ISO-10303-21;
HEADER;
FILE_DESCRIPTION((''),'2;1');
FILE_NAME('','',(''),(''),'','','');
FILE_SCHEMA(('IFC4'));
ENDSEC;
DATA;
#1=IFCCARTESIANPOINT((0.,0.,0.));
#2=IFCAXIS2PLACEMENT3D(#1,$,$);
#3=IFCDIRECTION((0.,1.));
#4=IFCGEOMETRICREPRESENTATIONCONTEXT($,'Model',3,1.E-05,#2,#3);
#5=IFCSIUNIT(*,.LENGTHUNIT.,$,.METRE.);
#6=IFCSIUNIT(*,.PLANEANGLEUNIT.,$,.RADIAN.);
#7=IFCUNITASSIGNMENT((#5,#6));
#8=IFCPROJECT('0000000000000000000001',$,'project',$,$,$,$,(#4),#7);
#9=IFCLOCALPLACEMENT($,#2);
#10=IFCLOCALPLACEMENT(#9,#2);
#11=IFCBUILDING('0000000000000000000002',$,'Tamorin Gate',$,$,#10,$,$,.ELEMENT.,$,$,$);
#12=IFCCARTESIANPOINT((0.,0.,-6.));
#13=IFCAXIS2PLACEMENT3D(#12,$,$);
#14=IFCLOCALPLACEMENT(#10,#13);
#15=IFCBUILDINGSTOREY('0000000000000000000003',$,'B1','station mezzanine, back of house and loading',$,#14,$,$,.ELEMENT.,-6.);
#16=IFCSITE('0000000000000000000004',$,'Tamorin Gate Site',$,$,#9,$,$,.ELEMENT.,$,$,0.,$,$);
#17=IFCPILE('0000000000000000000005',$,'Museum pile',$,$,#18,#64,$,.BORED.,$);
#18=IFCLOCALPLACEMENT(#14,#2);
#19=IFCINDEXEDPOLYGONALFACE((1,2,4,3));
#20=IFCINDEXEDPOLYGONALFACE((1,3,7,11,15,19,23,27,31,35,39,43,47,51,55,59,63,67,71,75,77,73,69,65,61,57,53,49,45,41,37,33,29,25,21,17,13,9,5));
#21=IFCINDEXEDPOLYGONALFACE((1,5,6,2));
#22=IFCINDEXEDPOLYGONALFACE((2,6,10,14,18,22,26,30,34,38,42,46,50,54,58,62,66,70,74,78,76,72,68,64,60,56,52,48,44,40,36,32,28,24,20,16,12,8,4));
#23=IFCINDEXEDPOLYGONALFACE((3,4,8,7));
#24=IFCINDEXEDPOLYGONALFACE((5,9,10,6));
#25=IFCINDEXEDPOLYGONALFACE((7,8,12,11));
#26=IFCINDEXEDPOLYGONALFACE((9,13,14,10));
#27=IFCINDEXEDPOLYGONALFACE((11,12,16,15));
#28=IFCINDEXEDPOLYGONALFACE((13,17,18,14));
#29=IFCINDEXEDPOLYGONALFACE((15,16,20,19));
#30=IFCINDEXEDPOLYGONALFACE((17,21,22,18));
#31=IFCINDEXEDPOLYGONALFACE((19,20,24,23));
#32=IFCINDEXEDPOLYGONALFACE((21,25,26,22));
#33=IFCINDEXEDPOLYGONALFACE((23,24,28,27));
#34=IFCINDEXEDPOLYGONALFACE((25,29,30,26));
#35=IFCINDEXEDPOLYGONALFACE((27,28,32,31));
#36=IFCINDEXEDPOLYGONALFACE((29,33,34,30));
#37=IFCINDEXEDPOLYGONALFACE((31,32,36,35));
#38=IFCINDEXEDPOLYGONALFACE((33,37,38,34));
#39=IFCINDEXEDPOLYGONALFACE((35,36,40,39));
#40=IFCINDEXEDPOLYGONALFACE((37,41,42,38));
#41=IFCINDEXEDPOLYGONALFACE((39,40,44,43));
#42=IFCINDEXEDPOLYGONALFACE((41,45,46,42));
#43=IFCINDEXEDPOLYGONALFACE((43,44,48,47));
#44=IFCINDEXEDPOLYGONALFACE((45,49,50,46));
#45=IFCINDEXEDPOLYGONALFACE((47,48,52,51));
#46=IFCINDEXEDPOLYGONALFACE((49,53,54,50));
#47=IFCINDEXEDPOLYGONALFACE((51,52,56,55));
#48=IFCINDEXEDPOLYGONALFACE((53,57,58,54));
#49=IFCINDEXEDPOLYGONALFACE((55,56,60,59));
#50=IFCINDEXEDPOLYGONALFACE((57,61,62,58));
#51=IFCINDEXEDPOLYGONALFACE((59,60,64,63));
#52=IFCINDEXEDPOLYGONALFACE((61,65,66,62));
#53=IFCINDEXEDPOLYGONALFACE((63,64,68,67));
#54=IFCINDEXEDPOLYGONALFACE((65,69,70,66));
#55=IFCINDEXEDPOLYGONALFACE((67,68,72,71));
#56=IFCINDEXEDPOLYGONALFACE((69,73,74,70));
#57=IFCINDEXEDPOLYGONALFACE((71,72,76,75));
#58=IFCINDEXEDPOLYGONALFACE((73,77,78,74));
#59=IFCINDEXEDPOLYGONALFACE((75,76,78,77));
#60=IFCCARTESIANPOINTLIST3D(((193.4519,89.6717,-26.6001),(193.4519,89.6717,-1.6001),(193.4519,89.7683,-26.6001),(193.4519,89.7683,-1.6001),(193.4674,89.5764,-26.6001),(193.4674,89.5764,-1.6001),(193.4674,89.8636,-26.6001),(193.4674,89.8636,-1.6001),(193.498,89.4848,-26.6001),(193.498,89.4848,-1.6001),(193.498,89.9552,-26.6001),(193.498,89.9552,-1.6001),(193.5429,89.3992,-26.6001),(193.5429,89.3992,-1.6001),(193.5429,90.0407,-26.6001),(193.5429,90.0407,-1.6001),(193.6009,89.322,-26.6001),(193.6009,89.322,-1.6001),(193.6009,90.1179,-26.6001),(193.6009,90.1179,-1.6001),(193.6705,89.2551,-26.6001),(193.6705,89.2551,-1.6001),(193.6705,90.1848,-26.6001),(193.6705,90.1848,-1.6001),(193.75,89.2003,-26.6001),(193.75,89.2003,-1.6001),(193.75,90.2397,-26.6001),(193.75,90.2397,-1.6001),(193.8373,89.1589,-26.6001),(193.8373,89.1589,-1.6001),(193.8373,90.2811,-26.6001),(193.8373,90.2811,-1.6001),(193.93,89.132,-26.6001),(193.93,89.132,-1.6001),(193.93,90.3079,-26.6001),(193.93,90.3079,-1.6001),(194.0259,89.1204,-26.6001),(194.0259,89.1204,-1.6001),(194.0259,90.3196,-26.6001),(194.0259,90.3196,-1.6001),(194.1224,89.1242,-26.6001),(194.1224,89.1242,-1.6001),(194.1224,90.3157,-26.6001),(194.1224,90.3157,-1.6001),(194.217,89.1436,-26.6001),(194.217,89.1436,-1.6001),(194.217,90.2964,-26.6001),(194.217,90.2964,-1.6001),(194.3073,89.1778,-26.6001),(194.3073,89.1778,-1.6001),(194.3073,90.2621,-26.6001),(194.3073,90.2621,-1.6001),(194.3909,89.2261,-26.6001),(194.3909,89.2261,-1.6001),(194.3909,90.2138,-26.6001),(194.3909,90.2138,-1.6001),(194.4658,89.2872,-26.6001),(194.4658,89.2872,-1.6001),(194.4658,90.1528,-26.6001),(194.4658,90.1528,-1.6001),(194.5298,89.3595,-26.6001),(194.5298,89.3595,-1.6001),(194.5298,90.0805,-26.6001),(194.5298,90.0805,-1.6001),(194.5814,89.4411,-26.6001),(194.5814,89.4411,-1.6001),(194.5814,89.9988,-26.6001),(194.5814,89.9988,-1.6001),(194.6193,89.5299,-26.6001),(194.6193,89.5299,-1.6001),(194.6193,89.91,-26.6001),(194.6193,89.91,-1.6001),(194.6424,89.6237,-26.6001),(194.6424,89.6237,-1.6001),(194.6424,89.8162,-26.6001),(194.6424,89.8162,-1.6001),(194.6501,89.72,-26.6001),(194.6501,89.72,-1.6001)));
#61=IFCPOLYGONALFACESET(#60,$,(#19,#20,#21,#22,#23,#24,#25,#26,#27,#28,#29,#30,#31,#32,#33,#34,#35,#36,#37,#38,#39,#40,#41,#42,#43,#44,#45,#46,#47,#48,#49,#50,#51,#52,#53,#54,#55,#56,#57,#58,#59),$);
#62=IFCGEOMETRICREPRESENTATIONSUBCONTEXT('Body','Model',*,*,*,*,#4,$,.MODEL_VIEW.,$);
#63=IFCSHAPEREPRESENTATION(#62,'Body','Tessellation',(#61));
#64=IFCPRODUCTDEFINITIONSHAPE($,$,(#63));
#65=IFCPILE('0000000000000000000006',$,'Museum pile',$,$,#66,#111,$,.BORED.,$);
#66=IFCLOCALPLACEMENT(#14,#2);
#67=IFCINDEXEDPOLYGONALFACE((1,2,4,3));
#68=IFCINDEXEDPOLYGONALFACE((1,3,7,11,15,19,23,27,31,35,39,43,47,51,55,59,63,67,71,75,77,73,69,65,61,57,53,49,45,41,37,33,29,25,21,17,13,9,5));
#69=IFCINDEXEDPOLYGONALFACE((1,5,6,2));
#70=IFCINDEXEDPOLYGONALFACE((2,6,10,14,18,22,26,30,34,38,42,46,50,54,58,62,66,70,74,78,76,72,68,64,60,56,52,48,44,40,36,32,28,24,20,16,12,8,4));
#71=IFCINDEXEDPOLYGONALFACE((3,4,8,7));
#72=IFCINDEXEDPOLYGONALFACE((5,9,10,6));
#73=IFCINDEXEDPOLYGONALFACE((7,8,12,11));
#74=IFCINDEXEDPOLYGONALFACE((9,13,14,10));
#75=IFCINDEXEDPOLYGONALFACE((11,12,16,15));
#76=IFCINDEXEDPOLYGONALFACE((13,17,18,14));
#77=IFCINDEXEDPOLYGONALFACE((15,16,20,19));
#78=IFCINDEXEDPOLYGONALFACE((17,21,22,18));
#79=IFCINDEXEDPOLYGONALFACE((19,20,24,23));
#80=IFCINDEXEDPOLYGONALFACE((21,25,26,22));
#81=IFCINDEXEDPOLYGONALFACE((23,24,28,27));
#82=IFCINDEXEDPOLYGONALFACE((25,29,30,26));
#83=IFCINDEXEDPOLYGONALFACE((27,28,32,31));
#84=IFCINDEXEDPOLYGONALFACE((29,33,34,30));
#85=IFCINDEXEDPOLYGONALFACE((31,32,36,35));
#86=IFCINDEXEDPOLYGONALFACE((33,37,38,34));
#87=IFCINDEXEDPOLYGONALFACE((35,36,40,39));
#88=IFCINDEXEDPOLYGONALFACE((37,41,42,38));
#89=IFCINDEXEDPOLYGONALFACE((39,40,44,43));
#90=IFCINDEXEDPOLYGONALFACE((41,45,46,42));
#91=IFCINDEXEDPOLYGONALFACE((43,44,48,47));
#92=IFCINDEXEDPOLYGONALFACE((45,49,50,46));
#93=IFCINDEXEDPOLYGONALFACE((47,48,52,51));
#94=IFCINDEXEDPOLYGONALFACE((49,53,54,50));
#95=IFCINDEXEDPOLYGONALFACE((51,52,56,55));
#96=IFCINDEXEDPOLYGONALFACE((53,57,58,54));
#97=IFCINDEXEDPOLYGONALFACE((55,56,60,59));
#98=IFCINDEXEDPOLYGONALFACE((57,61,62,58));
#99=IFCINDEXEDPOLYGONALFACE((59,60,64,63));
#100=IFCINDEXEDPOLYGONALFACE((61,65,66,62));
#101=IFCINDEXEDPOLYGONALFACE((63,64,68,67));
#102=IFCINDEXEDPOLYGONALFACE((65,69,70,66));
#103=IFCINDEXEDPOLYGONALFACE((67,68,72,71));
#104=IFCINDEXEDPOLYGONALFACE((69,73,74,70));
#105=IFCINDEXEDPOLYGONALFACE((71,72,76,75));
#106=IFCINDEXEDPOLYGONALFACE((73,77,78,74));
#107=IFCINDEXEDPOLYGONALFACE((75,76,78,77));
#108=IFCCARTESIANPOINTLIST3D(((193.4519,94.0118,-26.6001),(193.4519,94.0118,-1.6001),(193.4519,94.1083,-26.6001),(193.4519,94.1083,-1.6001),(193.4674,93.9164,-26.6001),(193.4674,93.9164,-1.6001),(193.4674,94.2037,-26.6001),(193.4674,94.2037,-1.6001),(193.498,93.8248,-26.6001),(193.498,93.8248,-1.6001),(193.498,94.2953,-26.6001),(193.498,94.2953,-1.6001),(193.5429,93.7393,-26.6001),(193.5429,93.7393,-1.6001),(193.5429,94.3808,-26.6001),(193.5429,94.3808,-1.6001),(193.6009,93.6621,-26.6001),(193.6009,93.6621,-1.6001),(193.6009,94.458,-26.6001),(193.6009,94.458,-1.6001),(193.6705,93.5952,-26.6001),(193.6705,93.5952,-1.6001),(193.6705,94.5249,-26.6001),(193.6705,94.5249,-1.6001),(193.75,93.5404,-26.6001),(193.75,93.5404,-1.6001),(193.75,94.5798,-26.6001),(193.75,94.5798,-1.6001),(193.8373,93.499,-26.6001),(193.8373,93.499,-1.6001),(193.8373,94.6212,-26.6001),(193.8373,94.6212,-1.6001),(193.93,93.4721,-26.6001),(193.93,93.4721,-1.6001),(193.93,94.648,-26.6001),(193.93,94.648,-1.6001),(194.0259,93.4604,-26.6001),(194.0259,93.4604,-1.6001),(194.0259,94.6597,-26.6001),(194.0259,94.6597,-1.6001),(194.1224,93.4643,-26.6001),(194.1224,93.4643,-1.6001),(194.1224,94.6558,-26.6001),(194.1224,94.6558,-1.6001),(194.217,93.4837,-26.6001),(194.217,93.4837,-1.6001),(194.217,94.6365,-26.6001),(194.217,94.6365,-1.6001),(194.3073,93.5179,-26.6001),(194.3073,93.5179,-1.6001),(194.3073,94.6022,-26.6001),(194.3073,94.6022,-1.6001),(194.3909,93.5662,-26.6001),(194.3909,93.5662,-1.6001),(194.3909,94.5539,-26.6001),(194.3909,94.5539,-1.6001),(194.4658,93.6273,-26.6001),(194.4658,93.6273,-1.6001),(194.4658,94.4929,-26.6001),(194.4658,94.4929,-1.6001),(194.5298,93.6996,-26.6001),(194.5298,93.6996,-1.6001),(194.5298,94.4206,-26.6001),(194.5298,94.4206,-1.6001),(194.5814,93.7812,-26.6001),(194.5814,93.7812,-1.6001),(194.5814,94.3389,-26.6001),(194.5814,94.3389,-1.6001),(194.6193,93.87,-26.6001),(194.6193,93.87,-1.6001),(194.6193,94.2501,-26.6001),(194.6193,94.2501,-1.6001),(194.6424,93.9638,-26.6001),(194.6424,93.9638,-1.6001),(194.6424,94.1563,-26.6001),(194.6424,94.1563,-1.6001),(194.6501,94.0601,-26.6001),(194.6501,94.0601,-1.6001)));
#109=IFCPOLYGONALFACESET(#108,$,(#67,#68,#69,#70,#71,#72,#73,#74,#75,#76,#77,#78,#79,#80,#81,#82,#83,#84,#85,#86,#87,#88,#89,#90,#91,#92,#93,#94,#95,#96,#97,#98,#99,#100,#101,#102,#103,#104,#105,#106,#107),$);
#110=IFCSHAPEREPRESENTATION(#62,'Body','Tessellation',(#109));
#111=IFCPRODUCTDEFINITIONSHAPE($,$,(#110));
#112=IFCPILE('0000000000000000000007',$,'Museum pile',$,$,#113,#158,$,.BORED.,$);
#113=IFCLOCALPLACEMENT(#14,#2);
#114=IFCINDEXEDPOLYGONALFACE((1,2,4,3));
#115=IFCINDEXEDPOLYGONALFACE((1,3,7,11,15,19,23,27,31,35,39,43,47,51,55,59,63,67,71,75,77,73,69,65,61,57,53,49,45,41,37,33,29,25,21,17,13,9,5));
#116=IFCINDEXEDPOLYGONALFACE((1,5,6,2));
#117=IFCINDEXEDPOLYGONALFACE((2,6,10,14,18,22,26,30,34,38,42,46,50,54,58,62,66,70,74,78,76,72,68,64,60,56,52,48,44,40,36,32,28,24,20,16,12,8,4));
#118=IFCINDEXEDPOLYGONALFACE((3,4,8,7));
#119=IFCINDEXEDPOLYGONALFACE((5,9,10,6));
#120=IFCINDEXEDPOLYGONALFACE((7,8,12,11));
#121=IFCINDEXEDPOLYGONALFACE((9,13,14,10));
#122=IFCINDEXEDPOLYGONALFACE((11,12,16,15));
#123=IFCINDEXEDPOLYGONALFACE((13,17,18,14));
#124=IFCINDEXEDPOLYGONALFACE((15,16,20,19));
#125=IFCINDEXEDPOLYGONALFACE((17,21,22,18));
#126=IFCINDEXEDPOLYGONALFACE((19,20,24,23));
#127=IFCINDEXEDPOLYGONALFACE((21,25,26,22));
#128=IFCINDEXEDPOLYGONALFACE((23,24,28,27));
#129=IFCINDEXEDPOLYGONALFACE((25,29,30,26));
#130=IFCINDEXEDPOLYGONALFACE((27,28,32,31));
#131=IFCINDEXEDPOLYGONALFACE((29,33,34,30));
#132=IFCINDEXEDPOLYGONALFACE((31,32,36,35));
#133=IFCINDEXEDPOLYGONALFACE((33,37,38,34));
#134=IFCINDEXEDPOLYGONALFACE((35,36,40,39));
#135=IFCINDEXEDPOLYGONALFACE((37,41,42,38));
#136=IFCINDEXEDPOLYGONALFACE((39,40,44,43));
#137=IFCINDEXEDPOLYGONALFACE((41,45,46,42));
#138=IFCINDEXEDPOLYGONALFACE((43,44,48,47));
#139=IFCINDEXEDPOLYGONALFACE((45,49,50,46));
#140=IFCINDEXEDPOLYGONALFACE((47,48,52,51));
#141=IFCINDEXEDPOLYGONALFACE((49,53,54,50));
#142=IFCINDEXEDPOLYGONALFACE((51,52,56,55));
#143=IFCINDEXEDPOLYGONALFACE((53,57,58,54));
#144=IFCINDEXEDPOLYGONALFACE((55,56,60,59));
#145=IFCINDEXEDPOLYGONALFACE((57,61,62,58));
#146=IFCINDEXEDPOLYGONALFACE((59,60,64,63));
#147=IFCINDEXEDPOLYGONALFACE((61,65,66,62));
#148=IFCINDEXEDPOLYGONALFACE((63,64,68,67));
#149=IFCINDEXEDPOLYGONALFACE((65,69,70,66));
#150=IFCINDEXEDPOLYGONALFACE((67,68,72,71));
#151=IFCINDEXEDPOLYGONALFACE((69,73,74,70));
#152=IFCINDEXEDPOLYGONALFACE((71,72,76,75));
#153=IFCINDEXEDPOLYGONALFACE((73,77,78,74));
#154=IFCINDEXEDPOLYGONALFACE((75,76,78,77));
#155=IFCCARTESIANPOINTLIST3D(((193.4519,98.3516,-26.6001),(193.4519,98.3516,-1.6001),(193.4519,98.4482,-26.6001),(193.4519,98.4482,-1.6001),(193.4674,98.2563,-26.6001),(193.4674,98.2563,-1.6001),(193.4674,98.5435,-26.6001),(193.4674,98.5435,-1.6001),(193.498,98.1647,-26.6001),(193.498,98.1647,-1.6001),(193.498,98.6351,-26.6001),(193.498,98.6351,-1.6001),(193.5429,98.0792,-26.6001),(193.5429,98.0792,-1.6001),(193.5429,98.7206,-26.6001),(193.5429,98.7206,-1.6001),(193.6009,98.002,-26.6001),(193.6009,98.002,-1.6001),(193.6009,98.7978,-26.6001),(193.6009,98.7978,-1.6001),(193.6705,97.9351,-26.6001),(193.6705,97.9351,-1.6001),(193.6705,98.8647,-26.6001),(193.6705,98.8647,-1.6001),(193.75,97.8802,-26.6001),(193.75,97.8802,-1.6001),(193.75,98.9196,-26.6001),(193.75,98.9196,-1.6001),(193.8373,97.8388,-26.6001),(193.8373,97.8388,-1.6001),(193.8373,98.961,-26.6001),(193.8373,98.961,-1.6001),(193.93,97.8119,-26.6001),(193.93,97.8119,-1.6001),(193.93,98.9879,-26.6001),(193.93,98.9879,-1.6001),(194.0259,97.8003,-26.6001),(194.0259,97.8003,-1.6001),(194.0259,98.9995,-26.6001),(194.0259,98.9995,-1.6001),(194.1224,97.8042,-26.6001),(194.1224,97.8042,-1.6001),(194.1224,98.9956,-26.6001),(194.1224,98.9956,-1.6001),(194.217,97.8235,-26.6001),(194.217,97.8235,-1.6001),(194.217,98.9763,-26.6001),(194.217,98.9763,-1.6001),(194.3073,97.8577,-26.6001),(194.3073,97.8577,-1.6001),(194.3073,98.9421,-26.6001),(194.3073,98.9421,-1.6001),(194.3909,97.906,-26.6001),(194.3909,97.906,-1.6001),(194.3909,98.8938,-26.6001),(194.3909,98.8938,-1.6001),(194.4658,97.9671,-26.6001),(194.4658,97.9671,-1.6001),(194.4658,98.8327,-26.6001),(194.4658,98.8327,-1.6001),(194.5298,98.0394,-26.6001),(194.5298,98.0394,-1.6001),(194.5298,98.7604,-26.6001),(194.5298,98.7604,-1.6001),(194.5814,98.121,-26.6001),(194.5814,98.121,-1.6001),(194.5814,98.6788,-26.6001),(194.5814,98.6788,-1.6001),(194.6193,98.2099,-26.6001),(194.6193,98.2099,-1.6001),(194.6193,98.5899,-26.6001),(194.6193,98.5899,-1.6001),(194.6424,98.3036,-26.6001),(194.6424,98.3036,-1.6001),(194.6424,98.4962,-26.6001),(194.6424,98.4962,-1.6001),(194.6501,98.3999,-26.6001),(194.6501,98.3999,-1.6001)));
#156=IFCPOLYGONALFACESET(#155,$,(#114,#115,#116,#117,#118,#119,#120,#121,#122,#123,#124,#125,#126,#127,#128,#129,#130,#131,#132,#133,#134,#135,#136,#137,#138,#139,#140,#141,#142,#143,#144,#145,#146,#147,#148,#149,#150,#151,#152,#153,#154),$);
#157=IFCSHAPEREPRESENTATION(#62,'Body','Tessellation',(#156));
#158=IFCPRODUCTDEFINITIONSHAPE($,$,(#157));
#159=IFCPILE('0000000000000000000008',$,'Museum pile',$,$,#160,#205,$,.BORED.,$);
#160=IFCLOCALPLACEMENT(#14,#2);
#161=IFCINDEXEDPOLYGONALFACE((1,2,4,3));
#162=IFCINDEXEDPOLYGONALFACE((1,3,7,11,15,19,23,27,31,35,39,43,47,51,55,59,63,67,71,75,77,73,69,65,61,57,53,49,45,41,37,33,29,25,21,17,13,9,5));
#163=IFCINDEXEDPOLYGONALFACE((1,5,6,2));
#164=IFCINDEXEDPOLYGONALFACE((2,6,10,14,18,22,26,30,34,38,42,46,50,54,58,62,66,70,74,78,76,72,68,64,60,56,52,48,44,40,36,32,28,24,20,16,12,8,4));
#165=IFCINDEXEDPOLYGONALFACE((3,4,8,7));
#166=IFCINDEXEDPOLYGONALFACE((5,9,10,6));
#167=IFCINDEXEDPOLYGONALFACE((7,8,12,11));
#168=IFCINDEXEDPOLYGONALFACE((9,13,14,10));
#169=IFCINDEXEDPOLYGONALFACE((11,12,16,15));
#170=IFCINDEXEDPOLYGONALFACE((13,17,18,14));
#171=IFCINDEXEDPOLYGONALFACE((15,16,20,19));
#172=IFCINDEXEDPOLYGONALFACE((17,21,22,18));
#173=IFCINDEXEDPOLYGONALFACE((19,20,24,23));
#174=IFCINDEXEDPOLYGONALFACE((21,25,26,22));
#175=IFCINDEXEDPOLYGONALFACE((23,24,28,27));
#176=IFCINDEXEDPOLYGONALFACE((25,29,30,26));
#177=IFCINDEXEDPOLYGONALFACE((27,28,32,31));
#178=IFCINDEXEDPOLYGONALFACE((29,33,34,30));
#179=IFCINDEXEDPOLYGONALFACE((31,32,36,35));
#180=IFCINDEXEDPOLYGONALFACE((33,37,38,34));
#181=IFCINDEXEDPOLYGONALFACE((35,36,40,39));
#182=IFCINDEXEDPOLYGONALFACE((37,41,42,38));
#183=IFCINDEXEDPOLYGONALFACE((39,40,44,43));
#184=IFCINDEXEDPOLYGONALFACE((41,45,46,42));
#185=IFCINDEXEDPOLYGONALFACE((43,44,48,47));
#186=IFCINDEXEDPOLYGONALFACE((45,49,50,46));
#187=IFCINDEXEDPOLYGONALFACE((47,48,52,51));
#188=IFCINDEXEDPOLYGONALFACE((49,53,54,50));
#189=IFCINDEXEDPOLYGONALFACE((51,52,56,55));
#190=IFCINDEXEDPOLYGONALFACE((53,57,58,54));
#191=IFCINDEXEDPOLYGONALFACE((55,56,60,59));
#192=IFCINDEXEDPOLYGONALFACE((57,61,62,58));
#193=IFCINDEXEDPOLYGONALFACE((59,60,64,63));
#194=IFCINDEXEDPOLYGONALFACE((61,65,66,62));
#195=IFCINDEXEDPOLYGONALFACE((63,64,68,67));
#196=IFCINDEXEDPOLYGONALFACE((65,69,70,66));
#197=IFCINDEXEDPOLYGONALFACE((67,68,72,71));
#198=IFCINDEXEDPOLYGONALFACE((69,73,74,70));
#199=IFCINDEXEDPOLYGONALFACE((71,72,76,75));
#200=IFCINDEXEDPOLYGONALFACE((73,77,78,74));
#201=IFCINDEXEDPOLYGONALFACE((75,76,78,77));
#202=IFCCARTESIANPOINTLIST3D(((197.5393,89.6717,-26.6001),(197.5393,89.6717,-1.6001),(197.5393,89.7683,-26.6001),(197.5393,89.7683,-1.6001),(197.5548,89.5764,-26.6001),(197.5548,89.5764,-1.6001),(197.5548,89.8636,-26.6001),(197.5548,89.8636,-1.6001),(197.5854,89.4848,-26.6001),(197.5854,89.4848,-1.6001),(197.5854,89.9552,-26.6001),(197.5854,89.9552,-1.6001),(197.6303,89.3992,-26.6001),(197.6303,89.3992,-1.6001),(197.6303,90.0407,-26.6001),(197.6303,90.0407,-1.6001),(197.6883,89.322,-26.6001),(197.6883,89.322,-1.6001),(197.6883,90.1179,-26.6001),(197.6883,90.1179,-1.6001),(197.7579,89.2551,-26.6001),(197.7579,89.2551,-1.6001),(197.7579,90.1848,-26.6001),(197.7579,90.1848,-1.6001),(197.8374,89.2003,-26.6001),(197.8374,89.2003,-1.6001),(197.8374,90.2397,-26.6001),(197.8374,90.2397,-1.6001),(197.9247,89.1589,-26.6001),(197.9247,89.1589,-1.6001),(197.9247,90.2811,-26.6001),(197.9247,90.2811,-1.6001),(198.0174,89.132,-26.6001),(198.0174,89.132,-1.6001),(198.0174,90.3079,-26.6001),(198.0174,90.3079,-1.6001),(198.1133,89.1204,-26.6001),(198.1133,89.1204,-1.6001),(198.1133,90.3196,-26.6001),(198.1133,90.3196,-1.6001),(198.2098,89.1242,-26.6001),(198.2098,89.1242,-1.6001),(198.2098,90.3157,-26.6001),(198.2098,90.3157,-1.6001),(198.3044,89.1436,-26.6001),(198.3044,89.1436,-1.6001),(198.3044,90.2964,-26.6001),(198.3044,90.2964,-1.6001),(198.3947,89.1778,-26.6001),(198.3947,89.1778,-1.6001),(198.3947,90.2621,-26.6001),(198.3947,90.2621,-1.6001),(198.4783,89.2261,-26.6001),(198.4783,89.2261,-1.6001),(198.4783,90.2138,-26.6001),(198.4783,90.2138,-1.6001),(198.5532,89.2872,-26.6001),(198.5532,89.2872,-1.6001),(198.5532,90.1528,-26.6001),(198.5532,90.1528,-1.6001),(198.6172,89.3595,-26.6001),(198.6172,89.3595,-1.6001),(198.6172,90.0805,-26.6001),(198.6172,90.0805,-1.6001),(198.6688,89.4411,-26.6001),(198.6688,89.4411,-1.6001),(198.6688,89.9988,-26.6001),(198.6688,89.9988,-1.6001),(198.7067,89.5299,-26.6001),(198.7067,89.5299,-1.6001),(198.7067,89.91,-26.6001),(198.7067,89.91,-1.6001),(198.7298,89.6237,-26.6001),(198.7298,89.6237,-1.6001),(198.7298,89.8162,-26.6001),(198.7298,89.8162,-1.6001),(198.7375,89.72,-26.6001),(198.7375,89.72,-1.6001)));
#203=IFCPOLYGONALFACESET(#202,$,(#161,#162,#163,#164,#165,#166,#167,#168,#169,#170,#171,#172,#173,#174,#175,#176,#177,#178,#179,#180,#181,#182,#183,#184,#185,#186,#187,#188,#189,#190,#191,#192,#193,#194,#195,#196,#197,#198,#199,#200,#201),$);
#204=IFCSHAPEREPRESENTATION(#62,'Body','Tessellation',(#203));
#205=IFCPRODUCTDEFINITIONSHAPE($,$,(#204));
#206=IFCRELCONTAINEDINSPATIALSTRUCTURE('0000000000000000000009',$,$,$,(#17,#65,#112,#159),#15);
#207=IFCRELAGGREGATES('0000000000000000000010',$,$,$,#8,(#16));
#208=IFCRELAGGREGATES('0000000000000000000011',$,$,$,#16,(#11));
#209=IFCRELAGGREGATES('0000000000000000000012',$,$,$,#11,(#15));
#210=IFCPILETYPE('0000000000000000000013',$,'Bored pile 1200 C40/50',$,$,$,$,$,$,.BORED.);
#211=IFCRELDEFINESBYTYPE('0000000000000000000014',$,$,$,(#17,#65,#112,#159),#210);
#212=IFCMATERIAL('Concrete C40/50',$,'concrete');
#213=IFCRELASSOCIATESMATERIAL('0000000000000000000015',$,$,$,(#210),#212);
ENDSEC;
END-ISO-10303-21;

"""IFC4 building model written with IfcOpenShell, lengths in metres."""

from ifc_helpers import new_model, si_unit, direction, frame, origin, origin_2d, place, context, subcontext, project, spatial, circle, extrude, material, material_profile, profile_set, type_object, element, save


model = new_model("IFC4")

# Units and contexts
model_context = context("Model", 3, precision=1e-05, world=origin(), true_north=direction((0.0, 1.0)))
body_context = subcontext(model_context, "Body", "Model", "MODEL_VIEW")
ifc_project = project(units=[si_unit("LENGTHUNIT", "METRE"), si_unit("PLANEANGLEUNIT", "RADIAN")], contexts=[model_context])

# Site, building, storey
site_placement = place(None, origin())
site = spatial("IfcSite", under=ifc_project, at=site_placement, Name="Tamorin Gate Site", CompositionType="ELEMENT", RefElevation=0.0)
building_placement = place(site_placement, origin())
building = spatial("IfcBuilding", under=site, at=building_placement, Name="Tamorin Gate", CompositionType="ELEMENT")
storey_placement = place(building_placement, frame((0.0, 0.0, -6.0)))
storey = spatial("IfcBuildingStorey", under=building, at=storey_placement, Name="B1", Description="station mezzanine, back of house and loading", CompositionType="ELEMENT", Elevation=-6.0)

# Piles
ifc_material_1 = material(Name="Concrete C40/50", Category="concrete")
ifc_material_profile_1 = material_profile(ifc_material_1, circle(Radius=0.6001, at=origin_2d()))
ifc_profile_set_1 = profile_set([ifc_material_profile_1], Name="Concrete C40/50")
pile_type = type_object("IfcPileType", Name="Bored pile 1200 C40/50", PredefinedType="BORED", material=ifc_profile_set_1)
for number, where, z_axis, x_axis, name in (
    (1, (194.05, 89.72, -1.6001), (0.0, 0.0, -1.0), (1.0, 0.0, 0.0), "Museum pile"),
    (2, (194.05, 94.0601, -1.6001), (0.0, 0.0, -1.0), (1.0, 0.0, 0.0), "Museum pile"),
    (3, (194.05, 98.3999, -1.6001), (0.0, 0.0, -1.0), (1.0, 0.0, 0.0), "Museum pile"),
    (4, (198.1375, 89.72, -1.6001), (0.0, 0.0, -1.0), (1.0, 0.0, 0.0), "Museum pile"),
):
    element("IfcPile", number, at=place(storey_placement, frame(where, z_axis=z_axis, x_axis=x_axis)), inside=storey, type_object=pile_type, Name=name, PredefinedType="BORED", context=body_context, shape_type="SweptSolid", body=[
        extrude(circle(Radius=0.6001, at=origin_2d()), origin(), (0.0, 0.0, 1.0), 25.0),
    ])

save(model, "model.ifc")
